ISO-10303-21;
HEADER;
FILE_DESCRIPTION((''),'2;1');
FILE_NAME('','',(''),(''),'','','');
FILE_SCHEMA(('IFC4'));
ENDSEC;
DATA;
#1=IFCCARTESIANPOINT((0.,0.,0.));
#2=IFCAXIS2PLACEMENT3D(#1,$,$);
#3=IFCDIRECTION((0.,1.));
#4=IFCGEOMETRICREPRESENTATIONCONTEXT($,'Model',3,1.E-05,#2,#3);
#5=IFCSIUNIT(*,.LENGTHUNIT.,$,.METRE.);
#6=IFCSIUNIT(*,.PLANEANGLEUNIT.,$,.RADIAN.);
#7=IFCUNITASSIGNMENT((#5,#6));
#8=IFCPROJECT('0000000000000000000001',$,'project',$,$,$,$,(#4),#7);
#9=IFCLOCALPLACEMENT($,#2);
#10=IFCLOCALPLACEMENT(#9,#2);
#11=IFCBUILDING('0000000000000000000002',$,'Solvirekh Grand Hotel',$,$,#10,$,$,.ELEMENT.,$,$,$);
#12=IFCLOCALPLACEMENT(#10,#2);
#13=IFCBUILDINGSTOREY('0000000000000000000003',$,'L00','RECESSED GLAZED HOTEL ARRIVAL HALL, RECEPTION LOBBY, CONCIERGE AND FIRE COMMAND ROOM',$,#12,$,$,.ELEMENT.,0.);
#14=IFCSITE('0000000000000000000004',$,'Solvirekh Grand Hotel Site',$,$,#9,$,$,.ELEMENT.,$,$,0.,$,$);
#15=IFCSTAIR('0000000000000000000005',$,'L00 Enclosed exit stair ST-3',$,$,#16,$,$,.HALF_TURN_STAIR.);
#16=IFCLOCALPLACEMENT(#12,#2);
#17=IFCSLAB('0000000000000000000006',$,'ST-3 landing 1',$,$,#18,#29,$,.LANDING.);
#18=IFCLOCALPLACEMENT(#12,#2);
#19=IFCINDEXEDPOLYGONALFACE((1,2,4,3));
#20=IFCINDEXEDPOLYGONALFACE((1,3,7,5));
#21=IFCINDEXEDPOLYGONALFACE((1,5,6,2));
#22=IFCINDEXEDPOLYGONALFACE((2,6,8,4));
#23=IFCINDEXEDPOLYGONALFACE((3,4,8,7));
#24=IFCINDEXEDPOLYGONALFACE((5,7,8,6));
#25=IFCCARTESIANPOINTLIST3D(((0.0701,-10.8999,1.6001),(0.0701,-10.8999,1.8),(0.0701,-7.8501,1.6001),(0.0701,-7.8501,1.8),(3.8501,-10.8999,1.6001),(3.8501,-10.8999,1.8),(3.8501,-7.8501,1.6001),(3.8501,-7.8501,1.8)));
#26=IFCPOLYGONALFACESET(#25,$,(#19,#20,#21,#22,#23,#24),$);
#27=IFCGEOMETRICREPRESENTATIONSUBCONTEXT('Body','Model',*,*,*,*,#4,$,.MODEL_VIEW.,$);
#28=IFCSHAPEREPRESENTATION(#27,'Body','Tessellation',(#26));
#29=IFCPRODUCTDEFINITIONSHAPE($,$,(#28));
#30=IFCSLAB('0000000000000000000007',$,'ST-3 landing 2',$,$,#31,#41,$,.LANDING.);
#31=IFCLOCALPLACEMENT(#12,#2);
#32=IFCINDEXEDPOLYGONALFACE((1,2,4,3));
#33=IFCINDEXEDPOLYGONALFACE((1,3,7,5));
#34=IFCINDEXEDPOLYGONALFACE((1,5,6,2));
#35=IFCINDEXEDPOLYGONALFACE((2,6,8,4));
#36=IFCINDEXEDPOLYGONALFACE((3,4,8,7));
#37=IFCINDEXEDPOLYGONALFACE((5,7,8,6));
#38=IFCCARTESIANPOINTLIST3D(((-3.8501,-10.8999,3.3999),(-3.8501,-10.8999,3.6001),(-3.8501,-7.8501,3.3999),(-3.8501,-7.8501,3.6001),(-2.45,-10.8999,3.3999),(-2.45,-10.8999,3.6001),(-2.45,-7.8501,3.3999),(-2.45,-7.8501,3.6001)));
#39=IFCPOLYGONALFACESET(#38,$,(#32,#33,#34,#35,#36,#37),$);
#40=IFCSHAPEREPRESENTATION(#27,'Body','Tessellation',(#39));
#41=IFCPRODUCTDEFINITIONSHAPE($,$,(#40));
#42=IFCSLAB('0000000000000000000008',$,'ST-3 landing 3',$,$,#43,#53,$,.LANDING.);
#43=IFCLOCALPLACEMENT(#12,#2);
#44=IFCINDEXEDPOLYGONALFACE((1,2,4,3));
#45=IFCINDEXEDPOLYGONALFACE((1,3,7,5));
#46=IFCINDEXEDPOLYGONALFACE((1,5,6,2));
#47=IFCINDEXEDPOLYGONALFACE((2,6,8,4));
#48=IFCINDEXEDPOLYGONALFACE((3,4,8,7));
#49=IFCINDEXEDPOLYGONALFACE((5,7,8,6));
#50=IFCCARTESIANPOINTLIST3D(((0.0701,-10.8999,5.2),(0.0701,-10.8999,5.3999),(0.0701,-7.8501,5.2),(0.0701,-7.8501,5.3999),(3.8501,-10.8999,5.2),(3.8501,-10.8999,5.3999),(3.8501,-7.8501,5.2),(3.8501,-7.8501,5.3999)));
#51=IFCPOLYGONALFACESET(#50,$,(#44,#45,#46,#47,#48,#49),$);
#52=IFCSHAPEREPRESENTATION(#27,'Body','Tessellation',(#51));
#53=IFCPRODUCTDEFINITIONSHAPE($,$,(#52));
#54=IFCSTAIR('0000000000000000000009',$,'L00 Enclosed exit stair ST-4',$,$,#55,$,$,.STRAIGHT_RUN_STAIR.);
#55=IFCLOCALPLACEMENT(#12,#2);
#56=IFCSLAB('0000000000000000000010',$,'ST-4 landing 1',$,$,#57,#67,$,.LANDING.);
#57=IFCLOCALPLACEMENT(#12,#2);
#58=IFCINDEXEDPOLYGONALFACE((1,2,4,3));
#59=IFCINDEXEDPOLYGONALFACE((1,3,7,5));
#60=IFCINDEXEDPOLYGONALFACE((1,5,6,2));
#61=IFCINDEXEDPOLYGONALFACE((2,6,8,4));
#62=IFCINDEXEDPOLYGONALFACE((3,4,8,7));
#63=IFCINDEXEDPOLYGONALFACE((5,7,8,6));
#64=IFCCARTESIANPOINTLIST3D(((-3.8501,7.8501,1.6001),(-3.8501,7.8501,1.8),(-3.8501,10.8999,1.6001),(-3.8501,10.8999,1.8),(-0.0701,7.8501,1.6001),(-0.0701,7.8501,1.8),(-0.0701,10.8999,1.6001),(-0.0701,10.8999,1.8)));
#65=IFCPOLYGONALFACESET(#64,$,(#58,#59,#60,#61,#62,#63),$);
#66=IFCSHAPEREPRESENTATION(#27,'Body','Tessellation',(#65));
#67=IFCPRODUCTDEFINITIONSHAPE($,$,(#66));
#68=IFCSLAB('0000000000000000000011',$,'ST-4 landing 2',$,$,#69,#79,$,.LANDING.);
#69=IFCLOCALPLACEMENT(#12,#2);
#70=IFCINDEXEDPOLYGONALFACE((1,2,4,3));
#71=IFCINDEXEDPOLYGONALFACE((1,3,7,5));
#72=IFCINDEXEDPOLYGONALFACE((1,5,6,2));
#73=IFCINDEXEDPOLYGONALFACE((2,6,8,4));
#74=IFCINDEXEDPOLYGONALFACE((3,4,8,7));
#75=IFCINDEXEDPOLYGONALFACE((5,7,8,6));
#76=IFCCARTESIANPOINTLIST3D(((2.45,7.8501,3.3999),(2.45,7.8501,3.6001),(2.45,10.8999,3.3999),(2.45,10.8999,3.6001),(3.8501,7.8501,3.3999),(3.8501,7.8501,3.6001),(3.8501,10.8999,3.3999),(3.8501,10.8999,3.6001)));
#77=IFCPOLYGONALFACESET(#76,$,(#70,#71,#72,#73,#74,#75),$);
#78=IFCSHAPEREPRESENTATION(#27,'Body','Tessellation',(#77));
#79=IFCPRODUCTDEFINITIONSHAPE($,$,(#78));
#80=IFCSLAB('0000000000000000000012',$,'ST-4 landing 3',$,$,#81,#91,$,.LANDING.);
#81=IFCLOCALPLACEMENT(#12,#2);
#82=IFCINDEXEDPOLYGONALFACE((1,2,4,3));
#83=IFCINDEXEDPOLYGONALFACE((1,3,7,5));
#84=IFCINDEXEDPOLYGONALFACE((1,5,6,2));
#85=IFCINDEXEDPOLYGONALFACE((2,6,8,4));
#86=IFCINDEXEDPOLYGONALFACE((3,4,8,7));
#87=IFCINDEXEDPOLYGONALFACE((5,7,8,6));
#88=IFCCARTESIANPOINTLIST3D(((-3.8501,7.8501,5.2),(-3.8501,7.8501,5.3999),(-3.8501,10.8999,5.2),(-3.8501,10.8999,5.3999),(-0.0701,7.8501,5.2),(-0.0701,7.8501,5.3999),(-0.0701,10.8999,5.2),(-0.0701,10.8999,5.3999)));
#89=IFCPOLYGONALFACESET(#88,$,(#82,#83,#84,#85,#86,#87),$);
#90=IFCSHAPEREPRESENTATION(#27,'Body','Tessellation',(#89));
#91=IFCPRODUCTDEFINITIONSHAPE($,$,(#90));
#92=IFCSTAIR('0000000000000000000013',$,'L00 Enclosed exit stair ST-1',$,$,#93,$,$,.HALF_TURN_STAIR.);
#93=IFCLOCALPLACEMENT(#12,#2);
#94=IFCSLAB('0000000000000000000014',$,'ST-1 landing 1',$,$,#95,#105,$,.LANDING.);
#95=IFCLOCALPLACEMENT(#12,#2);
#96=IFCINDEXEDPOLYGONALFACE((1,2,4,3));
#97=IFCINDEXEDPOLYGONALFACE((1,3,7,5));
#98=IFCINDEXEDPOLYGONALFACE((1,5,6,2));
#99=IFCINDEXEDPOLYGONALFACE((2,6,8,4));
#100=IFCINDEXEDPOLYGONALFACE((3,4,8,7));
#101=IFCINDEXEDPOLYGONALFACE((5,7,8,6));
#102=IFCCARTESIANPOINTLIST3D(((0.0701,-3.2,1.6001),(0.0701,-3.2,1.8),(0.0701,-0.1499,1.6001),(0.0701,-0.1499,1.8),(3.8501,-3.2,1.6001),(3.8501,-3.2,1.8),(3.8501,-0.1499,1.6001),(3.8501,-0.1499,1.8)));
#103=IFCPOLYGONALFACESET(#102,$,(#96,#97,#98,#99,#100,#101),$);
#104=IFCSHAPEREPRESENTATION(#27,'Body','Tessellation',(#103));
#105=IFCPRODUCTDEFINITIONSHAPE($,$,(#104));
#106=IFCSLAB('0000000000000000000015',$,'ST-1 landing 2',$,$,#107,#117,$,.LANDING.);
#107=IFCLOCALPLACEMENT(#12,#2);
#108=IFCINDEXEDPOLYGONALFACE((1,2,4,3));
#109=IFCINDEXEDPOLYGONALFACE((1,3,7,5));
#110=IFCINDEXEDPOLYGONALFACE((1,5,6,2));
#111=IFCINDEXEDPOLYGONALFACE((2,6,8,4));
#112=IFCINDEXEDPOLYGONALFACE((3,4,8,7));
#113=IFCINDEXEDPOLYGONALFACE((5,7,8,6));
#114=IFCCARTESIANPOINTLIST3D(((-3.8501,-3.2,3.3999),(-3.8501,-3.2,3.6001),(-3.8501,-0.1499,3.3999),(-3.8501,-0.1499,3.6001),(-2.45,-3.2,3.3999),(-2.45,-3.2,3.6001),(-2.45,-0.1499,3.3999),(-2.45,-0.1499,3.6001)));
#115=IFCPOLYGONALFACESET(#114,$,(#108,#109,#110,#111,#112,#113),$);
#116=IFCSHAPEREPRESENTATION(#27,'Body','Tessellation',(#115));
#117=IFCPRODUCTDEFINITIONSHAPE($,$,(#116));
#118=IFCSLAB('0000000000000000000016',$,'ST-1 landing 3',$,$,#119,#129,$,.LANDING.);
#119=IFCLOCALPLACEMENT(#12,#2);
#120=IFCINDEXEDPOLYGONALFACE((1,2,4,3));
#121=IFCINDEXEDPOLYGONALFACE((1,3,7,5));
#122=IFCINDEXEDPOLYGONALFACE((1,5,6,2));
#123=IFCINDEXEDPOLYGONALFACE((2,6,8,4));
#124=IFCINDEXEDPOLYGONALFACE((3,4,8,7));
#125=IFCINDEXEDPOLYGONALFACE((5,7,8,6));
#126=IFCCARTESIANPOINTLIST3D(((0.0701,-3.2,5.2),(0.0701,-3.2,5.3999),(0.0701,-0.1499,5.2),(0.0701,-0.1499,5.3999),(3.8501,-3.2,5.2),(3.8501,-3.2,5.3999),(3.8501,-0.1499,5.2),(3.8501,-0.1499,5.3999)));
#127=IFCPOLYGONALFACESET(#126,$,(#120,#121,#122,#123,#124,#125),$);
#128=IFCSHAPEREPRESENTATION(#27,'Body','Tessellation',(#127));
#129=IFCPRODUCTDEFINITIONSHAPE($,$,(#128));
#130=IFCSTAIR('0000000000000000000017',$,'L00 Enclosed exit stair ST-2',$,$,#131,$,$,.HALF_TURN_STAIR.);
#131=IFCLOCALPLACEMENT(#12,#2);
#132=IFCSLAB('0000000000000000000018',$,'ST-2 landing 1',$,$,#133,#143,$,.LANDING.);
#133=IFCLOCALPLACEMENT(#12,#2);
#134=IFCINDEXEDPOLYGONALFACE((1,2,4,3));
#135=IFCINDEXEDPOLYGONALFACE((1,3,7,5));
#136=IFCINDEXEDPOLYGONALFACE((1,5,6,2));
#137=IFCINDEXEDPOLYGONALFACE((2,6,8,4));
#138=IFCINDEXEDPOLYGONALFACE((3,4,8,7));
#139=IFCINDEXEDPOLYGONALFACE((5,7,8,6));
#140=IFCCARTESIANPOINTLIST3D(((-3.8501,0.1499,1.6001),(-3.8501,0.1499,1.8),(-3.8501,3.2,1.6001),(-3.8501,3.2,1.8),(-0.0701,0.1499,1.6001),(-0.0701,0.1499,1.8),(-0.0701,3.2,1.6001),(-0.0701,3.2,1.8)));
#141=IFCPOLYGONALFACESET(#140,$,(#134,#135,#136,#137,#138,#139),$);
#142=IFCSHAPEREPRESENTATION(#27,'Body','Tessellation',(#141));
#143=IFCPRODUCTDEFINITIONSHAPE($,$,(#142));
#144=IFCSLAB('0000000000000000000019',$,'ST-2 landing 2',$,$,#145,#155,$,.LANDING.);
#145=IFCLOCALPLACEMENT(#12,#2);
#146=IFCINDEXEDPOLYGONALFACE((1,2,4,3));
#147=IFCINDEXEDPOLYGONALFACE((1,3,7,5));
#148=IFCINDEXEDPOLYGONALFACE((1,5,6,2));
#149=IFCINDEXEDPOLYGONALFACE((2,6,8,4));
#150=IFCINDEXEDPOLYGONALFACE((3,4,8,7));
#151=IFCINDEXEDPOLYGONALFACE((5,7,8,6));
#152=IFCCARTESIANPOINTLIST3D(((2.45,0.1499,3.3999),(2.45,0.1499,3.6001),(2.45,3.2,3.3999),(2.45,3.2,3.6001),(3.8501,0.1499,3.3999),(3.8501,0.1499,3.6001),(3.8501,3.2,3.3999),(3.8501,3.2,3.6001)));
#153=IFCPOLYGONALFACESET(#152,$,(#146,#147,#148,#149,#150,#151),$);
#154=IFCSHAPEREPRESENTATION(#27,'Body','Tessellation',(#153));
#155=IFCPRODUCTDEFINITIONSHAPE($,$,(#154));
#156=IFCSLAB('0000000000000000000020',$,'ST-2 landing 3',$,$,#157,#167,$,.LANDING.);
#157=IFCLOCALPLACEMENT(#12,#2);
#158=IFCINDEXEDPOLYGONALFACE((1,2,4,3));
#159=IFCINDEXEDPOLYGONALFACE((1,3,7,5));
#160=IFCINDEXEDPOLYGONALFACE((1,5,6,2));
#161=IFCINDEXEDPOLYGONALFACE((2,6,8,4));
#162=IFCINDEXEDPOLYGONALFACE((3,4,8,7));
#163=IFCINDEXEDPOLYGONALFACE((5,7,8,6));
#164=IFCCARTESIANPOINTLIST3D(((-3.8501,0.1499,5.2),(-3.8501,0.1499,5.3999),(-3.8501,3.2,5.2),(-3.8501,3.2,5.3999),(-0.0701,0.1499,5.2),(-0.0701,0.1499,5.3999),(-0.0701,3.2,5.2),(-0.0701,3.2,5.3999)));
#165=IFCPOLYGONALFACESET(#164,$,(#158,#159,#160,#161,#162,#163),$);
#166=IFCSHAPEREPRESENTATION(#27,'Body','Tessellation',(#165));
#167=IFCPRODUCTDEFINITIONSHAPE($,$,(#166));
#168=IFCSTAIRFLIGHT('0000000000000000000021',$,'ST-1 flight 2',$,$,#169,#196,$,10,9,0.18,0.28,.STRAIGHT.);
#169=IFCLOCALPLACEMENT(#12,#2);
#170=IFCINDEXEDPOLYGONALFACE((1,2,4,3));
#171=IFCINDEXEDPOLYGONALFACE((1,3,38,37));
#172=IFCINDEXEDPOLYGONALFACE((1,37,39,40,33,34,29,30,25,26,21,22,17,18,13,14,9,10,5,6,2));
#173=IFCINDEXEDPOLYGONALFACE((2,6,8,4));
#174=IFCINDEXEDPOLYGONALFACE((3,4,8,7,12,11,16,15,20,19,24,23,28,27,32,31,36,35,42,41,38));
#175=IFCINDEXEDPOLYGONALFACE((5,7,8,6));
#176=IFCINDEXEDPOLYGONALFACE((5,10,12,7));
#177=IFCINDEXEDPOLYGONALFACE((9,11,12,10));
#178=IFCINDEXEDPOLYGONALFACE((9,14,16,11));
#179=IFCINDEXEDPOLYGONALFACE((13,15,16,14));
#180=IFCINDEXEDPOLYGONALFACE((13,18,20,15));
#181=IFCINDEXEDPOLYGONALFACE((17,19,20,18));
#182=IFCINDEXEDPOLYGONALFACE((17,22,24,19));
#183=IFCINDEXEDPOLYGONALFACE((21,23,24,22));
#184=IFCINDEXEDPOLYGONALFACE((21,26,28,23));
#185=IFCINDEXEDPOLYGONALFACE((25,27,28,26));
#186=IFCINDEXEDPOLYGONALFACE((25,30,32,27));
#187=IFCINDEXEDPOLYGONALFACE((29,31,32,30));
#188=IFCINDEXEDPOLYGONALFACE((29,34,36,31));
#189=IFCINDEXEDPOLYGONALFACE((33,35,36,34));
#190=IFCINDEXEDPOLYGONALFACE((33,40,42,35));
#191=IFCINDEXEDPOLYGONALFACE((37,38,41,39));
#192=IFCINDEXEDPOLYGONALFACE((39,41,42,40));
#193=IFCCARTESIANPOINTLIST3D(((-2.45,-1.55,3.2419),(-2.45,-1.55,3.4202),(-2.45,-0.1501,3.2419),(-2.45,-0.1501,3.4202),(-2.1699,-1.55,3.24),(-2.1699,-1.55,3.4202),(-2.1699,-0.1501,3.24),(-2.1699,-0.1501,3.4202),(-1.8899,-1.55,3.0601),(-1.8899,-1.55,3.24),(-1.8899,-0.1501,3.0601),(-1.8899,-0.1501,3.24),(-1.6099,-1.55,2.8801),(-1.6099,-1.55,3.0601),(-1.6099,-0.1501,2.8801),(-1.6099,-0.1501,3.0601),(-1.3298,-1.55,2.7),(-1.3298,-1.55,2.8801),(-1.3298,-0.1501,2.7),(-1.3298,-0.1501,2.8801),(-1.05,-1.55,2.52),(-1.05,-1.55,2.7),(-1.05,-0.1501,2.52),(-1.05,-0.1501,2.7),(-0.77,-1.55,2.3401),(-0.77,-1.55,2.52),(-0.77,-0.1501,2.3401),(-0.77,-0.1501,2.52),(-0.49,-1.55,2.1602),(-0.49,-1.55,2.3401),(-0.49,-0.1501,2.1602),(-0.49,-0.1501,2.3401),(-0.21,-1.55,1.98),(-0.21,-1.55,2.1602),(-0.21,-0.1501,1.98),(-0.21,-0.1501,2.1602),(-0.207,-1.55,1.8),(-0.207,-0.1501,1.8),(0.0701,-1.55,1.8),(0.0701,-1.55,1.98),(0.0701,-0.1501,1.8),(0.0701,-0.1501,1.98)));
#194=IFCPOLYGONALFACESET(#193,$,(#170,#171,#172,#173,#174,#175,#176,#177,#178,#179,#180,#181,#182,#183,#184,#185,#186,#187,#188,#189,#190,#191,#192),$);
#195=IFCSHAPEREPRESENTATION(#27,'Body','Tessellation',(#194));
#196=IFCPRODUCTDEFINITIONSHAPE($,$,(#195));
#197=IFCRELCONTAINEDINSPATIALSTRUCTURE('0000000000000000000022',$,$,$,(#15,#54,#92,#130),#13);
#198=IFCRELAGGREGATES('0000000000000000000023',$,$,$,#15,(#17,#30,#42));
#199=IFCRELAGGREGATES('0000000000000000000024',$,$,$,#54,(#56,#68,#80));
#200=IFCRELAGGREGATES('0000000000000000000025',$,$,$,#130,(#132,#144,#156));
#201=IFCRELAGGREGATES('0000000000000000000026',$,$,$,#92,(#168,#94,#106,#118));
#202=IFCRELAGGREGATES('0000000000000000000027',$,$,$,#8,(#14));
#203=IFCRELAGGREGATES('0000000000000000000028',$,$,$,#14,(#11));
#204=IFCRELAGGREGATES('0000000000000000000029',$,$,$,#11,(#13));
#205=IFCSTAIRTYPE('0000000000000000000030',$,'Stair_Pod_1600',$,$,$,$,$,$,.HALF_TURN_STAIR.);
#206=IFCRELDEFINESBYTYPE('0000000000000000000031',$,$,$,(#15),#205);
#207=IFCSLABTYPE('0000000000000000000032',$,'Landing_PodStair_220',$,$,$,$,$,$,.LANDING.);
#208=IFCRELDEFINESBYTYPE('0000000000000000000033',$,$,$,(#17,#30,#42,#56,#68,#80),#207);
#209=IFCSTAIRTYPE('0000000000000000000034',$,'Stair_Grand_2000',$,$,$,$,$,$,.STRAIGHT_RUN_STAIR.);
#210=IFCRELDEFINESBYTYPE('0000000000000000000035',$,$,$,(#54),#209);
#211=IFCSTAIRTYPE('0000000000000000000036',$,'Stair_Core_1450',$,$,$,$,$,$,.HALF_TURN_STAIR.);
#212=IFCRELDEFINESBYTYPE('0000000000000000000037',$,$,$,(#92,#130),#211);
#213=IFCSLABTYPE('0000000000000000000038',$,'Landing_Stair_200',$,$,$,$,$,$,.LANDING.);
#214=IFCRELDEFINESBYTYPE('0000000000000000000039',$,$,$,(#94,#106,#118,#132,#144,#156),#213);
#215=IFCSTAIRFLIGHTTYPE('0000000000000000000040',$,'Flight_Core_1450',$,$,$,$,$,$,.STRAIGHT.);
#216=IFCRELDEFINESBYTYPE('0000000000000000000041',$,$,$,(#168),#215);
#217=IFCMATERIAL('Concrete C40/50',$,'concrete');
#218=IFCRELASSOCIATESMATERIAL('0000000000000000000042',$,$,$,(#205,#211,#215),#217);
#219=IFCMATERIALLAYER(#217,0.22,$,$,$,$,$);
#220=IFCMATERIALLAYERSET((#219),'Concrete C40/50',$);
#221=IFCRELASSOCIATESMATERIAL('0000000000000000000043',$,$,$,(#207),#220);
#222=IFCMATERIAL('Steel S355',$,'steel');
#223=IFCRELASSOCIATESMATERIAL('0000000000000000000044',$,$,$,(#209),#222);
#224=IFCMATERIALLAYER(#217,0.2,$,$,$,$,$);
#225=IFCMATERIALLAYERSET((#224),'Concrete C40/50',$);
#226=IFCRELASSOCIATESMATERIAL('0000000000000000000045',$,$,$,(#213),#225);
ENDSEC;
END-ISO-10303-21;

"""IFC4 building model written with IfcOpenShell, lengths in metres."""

from ifc_helpers import new_model, si_unit, direction, frame, origin, place, context, subcontext, project, spatial, polyline, outline, extrude, material, layer, layer_set, type_object, element, aggregate, save


model = new_model("IFC4")

# Units and contexts
model_context = context("Model", 3, precision=1e-05, world=origin(), true_north=direction((0.0, 1.0)))
body_context = subcontext(model_context, "Body", "Model", "MODEL_VIEW")
ifc_project = project(units=[si_unit("LENGTHUNIT", "METRE"), si_unit("PLANEANGLEUNIT", "RADIAN")], contexts=[model_context])

# Site, building, storey
site_placement = place(None, origin())
site = spatial("IfcSite", under=ifc_project, at=site_placement, Name="Solvirekh Grand Hotel Site", CompositionType="ELEMENT", RefElevation=0.0)
building_placement = place(site_placement, origin())
building = spatial("IfcBuilding", under=site, at=building_placement, Name="Solvirekh Grand Hotel", CompositionType="ELEMENT")
storey_placement = place(building_placement, origin())
storey = spatial("IfcBuildingStorey", under=building, at=storey_placement, Name="L00", Description="RECESSED GLAZED HOTEL ARRIVAL HALL, RECEPTION LOBBY, CONCIERGE AND FIRE COMMAND ROOM", CompositionType="ELEMENT", Elevation=0.0)

# Stairs, slabs
ifc_material_1 = material(Name="Concrete C40/50", Category="concrete")
stair_type_1 = type_object("IfcStairType", Name="Stair_Pod_1600", PredefinedType="HALF_TURN_STAIR", material=ifc_material_1)
stair_1_placement = place(storey_placement, origin())
stair_1 = element("IfcStair", 1, at=stair_1_placement, inside=storey, type_object=stair_type_1, Name="L00 Enclosed exit stair ST-3", PredefinedType="HALF_TURN_STAIR")
ifc_layer_1 = layer(ifc_material_1, 0.22)
ifc_layer_set_1 = layer_set([ifc_layer_1], Name="Concrete C40/50")
slab_type_1 = type_object("IfcSlabType", Name="Landing_PodStair_220", PredefinedType="LANDING", material=ifc_layer_set_1)
slab_1_placement = place(storey_placement, frame((0.0, 0.0, 1.6001)))
slab_1 = element("IfcSlab", 2, at=slab_1_placement, type_object=slab_type_1, Name="ST-3 landing 1", PredefinedType="LANDING", context=body_context, shape_type="SweptSolid", body=[
    extrude(outline(polyline([(0.0701, -10.8999), (3.8501, -10.8999), (3.8501, -7.8501), (0.0701, -7.8501), (0.0701, -10.8999)])), origin(), (0.0, 0.0, 1.0), 0.2),
])
slab_2_placement = place(storey_placement, frame((0.0, 0.0, 3.3999)))
slab_2 = element("IfcSlab", 3, at=slab_2_placement, type_object=slab_type_1, Name="ST-3 landing 2", PredefinedType="LANDING", context=body_context, shape_type="SweptSolid", body=[
    extrude(outline(polyline([(-3.8501, -10.8999), (-2.45, -10.8999), (-2.45, -7.8501), (-3.8501, -7.8501), (-3.8501, -10.8999)])), origin(), (0.0, 0.0, 1.0), 0.2002),
])
slab_3_placement = place(storey_placement, frame((0.0, 0.0, 5.2)))
slab_3 = element("IfcSlab", 4, at=slab_3_placement, type_object=slab_type_1, Name="ST-3 landing 3", PredefinedType="LANDING", context=body_context, shape_type="SweptSolid", body=[
    extrude(outline(polyline([(0.0701, -10.8999), (3.8501, -10.8999), (3.8501, -7.8501), (0.0701, -7.8501), (0.0701, -10.8999)])), origin(), (0.0, 0.0, 1.0), 0.2),
])
aggregate(stair_1, [slab_1, slab_2, slab_3])
ifc_material_2 = material(Name="Steel S355", Category="steel")
stair_type_2 = type_object("IfcStairType", Name="Stair_Grand_2000", PredefinedType="STRAIGHT_RUN_STAIR", material=ifc_material_2)
stair_2_placement = place(storey_placement, origin())
stair_2 = element("IfcStair", 5, at=stair_2_placement, inside=storey, type_object=stair_type_2, Name="L00 Enclosed exit stair ST-4", PredefinedType="STRAIGHT_RUN_STAIR")
slab_4_placement = place(storey_placement, frame((0.0, 0.0, 1.6001)))
slab_4 = element("IfcSlab", 6, at=slab_4_placement, type_object=slab_type_1, Name="ST-4 landing 1", PredefinedType="LANDING", context=body_context, shape_type="SweptSolid", body=[
    extrude(outline(polyline([(-0.0701, 10.8999), (-3.8501, 10.8999), (-3.8501, 7.8501), (-0.0701, 7.8501), (-0.0701, 10.8999)])), origin(), (0.0, 0.0, 1.0), 0.2),
])
slab_5_placement = place(storey_placement, frame((0.0, 0.0, 3.3999)))
slab_5 = element("IfcSlab", 7, at=slab_5_placement, type_object=slab_type_1, Name="ST-4 landing 2", PredefinedType="LANDING", context=body_context, shape_type="SweptSolid", body=[
    extrude(outline(polyline([(3.8501, 10.8999), (2.45, 10.8999), (2.45, 7.8501), (3.8501, 7.8501), (3.8501, 10.8999)])), origin(), (0.0, 0.0, 1.0), 0.2002),
])
slab_6_placement = place(storey_placement, frame((0.0, 0.0, 5.2)))
slab_6 = element("IfcSlab", 8, at=slab_6_placement, type_object=slab_type_1, Name="ST-4 landing 3", PredefinedType="LANDING", context=body_context, shape_type="SweptSolid", body=[
    extrude(outline(polyline([(-0.0701, 10.8999), (-3.8501, 10.8999), (-3.8501, 7.8501), (-0.0701, 7.8501), (-0.0701, 10.8999)])), origin(), (0.0, 0.0, 1.0), 0.2),
])
aggregate(stair_2, [slab_4, slab_5, slab_6])
stair_type_3 = type_object("IfcStairType", Name="Stair_Core_1450", PredefinedType="HALF_TURN_STAIR", material=ifc_material_1)
stair_3_placement = place(storey_placement, origin())
stair_3 = element("IfcStair", 9, at=stair_3_placement, inside=storey, type_object=stair_type_3, Name="L00 Enclosed exit stair ST-1", PredefinedType="HALF_TURN_STAIR")
ifc_layer_2 = layer(ifc_material_1, 0.2)
ifc_layer_set_2 = layer_set([ifc_layer_2], Name="Concrete C40/50")
slab_type_2 = type_object("IfcSlabType", Name="Landing_Stair_200", PredefinedType="LANDING", material=ifc_layer_set_2)
slab_7_placement = place(storey_placement, frame((0.0, 0.0, 1.6001)))
slab_7 = element("IfcSlab", 10, at=slab_7_placement, type_object=slab_type_2, Name="ST-1 landing 1", PredefinedType="LANDING", context=body_context, shape_type="SweptSolid", body=[
    extrude(outline(polyline([(0.0701, -3.2), (3.8501, -3.2), (3.8501, -0.1499), (0.0701, -0.1499), (0.0701, -3.2)])), origin(), (0.0, 0.0, 1.0), 0.2),
])
slab_8_placement = place(storey_placement, frame((0.0, 0.0, 3.3999)))
slab_8 = element("IfcSlab", 11, at=slab_8_placement, type_object=slab_type_2, Name="ST-1 landing 2", PredefinedType="LANDING", context=body_context, shape_type="SweptSolid", body=[
    extrude(outline(polyline([(-3.8501, -3.2), (-2.45, -3.2), (-2.45, -0.1499), (-3.8501, -0.1499), (-3.8501, -3.2)])), origin(), (0.0, 0.0, 1.0), 0.2002),
])
slab_9_placement = place(storey_placement, frame((0.0, 0.0, 5.2)))
slab_9 = element("IfcSlab", 12, at=slab_9_placement, type_object=slab_type_2, Name="ST-1 landing 3", PredefinedType="LANDING", context=body_context, shape_type="SweptSolid", body=[
    extrude(outline(polyline([(0.0701, -3.2), (3.8501, -3.2), (3.8501, -0.1499), (0.0701, -0.1499), (0.0701, -3.2)])), origin(), (0.0, 0.0, 1.0), 0.2),
])
stair_4_placement = place(storey_placement, origin())
stair_4 = element("IfcStair", 13, at=stair_4_placement, inside=storey, type_object=stair_type_3, Name="L00 Enclosed exit stair ST-2", PredefinedType="HALF_TURN_STAIR")
slab_10_placement = place(storey_placement, frame((0.0, 0.0, 1.6001)))
slab_10 = element("IfcSlab", 14, at=slab_10_placement, type_object=slab_type_2, Name="ST-2 landing 1", PredefinedType="LANDING", context=body_context, shape_type="SweptSolid", body=[
    extrude(outline(polyline([(-0.0701, 3.2), (-3.8501, 3.2), (-3.8501, 0.1499), (-0.0701, 0.1499), (-0.0701, 3.2)])), origin(), (0.0, 0.0, 1.0), 0.2),
])
slab_11_placement = place(storey_placement, frame((0.0, 0.0, 3.3999)))
slab_11 = element("IfcSlab", 15, at=slab_11_placement, type_object=slab_type_2, Name="ST-2 landing 2", PredefinedType="LANDING", context=body_context, shape_type="SweptSolid", body=[
    extrude(outline(polyline([(3.8501, 3.2), (2.45, 3.2), (2.45, 0.1499), (3.8501, 0.1499), (3.8501, 3.2)])), origin(), (0.0, 0.0, 1.0), 0.2002),
])
slab_12_placement = place(storey_placement, frame((0.0, 0.0, 5.2)))
slab_12 = element("IfcSlab", 16, at=slab_12_placement, type_object=slab_type_2, Name="ST-2 landing 3", PredefinedType="LANDING", context=body_context, shape_type="SweptSolid", body=[
    extrude(outline(polyline([(-0.0701, 3.2), (-3.8501, 3.2), (-3.8501, 0.1499), (-0.0701, 0.1499), (-0.0701, 3.2)])), origin(), (0.0, 0.0, 1.0), 0.2),
])
aggregate(stair_4, [slab_10, slab_11, slab_12])

# Stair flight
stair_flight_type = type_object("IfcStairFlightType", Name="Flight_Core_1450", PredefinedType="STRAIGHT", material=ifc_material_1)
stair_flight_1_placement = place(storey_placement, frame((0.0701, -0.8501, 1.8), z_axis=(0.0, 0.0, 1.0), x_axis=(-1.0, 0.0, 0.0)))
stair_flight_1 = element("IfcStairFlight", 17, at=stair_flight_1_placement, type_object=stair_flight_type, Name="ST-1 flight 2", NumberOfRisers=10, NumberOfTreads=9, PredefinedType="STRAIGHT", RiserHeight=0.18, TreadLength=0.28, context=body_context, shape_type="SweptSolid", body=[
    extrude(outline(polyline([(0.0, 0.0), (0.0, 0.1799), (0.28, 0.1799), (0.28, 0.3601), (0.5601, 0.3601), (0.5601, 0.54), (0.8401, 0.54), (0.8401, 0.72), (1.1201, 0.72), (1.1201, 0.8999), (1.3999, 0.8999), (1.3999, 1.0801), (1.6799, 1.0801), (1.6799, 1.26), (1.96, 1.26), (1.96, 1.4399), (2.24, 1.4399), (2.24, 1.6201), (2.52, 1.6201), (2.52, 1.8), (2.52, 1.4419), (0.2771, 0.0), (0.0, 0.0)])), frame((0.0, 0.7, 0.0), z_axis=(0.0, -1.0, 0.0), x_axis=(1.0, 0.0, 0.0)), (0.0, 0.0, 1.0), 1.3999),
])
aggregate(stair_3, [stair_flight_1, slab_7, slab_8, slab_9])

save(model, "model.ifc")
